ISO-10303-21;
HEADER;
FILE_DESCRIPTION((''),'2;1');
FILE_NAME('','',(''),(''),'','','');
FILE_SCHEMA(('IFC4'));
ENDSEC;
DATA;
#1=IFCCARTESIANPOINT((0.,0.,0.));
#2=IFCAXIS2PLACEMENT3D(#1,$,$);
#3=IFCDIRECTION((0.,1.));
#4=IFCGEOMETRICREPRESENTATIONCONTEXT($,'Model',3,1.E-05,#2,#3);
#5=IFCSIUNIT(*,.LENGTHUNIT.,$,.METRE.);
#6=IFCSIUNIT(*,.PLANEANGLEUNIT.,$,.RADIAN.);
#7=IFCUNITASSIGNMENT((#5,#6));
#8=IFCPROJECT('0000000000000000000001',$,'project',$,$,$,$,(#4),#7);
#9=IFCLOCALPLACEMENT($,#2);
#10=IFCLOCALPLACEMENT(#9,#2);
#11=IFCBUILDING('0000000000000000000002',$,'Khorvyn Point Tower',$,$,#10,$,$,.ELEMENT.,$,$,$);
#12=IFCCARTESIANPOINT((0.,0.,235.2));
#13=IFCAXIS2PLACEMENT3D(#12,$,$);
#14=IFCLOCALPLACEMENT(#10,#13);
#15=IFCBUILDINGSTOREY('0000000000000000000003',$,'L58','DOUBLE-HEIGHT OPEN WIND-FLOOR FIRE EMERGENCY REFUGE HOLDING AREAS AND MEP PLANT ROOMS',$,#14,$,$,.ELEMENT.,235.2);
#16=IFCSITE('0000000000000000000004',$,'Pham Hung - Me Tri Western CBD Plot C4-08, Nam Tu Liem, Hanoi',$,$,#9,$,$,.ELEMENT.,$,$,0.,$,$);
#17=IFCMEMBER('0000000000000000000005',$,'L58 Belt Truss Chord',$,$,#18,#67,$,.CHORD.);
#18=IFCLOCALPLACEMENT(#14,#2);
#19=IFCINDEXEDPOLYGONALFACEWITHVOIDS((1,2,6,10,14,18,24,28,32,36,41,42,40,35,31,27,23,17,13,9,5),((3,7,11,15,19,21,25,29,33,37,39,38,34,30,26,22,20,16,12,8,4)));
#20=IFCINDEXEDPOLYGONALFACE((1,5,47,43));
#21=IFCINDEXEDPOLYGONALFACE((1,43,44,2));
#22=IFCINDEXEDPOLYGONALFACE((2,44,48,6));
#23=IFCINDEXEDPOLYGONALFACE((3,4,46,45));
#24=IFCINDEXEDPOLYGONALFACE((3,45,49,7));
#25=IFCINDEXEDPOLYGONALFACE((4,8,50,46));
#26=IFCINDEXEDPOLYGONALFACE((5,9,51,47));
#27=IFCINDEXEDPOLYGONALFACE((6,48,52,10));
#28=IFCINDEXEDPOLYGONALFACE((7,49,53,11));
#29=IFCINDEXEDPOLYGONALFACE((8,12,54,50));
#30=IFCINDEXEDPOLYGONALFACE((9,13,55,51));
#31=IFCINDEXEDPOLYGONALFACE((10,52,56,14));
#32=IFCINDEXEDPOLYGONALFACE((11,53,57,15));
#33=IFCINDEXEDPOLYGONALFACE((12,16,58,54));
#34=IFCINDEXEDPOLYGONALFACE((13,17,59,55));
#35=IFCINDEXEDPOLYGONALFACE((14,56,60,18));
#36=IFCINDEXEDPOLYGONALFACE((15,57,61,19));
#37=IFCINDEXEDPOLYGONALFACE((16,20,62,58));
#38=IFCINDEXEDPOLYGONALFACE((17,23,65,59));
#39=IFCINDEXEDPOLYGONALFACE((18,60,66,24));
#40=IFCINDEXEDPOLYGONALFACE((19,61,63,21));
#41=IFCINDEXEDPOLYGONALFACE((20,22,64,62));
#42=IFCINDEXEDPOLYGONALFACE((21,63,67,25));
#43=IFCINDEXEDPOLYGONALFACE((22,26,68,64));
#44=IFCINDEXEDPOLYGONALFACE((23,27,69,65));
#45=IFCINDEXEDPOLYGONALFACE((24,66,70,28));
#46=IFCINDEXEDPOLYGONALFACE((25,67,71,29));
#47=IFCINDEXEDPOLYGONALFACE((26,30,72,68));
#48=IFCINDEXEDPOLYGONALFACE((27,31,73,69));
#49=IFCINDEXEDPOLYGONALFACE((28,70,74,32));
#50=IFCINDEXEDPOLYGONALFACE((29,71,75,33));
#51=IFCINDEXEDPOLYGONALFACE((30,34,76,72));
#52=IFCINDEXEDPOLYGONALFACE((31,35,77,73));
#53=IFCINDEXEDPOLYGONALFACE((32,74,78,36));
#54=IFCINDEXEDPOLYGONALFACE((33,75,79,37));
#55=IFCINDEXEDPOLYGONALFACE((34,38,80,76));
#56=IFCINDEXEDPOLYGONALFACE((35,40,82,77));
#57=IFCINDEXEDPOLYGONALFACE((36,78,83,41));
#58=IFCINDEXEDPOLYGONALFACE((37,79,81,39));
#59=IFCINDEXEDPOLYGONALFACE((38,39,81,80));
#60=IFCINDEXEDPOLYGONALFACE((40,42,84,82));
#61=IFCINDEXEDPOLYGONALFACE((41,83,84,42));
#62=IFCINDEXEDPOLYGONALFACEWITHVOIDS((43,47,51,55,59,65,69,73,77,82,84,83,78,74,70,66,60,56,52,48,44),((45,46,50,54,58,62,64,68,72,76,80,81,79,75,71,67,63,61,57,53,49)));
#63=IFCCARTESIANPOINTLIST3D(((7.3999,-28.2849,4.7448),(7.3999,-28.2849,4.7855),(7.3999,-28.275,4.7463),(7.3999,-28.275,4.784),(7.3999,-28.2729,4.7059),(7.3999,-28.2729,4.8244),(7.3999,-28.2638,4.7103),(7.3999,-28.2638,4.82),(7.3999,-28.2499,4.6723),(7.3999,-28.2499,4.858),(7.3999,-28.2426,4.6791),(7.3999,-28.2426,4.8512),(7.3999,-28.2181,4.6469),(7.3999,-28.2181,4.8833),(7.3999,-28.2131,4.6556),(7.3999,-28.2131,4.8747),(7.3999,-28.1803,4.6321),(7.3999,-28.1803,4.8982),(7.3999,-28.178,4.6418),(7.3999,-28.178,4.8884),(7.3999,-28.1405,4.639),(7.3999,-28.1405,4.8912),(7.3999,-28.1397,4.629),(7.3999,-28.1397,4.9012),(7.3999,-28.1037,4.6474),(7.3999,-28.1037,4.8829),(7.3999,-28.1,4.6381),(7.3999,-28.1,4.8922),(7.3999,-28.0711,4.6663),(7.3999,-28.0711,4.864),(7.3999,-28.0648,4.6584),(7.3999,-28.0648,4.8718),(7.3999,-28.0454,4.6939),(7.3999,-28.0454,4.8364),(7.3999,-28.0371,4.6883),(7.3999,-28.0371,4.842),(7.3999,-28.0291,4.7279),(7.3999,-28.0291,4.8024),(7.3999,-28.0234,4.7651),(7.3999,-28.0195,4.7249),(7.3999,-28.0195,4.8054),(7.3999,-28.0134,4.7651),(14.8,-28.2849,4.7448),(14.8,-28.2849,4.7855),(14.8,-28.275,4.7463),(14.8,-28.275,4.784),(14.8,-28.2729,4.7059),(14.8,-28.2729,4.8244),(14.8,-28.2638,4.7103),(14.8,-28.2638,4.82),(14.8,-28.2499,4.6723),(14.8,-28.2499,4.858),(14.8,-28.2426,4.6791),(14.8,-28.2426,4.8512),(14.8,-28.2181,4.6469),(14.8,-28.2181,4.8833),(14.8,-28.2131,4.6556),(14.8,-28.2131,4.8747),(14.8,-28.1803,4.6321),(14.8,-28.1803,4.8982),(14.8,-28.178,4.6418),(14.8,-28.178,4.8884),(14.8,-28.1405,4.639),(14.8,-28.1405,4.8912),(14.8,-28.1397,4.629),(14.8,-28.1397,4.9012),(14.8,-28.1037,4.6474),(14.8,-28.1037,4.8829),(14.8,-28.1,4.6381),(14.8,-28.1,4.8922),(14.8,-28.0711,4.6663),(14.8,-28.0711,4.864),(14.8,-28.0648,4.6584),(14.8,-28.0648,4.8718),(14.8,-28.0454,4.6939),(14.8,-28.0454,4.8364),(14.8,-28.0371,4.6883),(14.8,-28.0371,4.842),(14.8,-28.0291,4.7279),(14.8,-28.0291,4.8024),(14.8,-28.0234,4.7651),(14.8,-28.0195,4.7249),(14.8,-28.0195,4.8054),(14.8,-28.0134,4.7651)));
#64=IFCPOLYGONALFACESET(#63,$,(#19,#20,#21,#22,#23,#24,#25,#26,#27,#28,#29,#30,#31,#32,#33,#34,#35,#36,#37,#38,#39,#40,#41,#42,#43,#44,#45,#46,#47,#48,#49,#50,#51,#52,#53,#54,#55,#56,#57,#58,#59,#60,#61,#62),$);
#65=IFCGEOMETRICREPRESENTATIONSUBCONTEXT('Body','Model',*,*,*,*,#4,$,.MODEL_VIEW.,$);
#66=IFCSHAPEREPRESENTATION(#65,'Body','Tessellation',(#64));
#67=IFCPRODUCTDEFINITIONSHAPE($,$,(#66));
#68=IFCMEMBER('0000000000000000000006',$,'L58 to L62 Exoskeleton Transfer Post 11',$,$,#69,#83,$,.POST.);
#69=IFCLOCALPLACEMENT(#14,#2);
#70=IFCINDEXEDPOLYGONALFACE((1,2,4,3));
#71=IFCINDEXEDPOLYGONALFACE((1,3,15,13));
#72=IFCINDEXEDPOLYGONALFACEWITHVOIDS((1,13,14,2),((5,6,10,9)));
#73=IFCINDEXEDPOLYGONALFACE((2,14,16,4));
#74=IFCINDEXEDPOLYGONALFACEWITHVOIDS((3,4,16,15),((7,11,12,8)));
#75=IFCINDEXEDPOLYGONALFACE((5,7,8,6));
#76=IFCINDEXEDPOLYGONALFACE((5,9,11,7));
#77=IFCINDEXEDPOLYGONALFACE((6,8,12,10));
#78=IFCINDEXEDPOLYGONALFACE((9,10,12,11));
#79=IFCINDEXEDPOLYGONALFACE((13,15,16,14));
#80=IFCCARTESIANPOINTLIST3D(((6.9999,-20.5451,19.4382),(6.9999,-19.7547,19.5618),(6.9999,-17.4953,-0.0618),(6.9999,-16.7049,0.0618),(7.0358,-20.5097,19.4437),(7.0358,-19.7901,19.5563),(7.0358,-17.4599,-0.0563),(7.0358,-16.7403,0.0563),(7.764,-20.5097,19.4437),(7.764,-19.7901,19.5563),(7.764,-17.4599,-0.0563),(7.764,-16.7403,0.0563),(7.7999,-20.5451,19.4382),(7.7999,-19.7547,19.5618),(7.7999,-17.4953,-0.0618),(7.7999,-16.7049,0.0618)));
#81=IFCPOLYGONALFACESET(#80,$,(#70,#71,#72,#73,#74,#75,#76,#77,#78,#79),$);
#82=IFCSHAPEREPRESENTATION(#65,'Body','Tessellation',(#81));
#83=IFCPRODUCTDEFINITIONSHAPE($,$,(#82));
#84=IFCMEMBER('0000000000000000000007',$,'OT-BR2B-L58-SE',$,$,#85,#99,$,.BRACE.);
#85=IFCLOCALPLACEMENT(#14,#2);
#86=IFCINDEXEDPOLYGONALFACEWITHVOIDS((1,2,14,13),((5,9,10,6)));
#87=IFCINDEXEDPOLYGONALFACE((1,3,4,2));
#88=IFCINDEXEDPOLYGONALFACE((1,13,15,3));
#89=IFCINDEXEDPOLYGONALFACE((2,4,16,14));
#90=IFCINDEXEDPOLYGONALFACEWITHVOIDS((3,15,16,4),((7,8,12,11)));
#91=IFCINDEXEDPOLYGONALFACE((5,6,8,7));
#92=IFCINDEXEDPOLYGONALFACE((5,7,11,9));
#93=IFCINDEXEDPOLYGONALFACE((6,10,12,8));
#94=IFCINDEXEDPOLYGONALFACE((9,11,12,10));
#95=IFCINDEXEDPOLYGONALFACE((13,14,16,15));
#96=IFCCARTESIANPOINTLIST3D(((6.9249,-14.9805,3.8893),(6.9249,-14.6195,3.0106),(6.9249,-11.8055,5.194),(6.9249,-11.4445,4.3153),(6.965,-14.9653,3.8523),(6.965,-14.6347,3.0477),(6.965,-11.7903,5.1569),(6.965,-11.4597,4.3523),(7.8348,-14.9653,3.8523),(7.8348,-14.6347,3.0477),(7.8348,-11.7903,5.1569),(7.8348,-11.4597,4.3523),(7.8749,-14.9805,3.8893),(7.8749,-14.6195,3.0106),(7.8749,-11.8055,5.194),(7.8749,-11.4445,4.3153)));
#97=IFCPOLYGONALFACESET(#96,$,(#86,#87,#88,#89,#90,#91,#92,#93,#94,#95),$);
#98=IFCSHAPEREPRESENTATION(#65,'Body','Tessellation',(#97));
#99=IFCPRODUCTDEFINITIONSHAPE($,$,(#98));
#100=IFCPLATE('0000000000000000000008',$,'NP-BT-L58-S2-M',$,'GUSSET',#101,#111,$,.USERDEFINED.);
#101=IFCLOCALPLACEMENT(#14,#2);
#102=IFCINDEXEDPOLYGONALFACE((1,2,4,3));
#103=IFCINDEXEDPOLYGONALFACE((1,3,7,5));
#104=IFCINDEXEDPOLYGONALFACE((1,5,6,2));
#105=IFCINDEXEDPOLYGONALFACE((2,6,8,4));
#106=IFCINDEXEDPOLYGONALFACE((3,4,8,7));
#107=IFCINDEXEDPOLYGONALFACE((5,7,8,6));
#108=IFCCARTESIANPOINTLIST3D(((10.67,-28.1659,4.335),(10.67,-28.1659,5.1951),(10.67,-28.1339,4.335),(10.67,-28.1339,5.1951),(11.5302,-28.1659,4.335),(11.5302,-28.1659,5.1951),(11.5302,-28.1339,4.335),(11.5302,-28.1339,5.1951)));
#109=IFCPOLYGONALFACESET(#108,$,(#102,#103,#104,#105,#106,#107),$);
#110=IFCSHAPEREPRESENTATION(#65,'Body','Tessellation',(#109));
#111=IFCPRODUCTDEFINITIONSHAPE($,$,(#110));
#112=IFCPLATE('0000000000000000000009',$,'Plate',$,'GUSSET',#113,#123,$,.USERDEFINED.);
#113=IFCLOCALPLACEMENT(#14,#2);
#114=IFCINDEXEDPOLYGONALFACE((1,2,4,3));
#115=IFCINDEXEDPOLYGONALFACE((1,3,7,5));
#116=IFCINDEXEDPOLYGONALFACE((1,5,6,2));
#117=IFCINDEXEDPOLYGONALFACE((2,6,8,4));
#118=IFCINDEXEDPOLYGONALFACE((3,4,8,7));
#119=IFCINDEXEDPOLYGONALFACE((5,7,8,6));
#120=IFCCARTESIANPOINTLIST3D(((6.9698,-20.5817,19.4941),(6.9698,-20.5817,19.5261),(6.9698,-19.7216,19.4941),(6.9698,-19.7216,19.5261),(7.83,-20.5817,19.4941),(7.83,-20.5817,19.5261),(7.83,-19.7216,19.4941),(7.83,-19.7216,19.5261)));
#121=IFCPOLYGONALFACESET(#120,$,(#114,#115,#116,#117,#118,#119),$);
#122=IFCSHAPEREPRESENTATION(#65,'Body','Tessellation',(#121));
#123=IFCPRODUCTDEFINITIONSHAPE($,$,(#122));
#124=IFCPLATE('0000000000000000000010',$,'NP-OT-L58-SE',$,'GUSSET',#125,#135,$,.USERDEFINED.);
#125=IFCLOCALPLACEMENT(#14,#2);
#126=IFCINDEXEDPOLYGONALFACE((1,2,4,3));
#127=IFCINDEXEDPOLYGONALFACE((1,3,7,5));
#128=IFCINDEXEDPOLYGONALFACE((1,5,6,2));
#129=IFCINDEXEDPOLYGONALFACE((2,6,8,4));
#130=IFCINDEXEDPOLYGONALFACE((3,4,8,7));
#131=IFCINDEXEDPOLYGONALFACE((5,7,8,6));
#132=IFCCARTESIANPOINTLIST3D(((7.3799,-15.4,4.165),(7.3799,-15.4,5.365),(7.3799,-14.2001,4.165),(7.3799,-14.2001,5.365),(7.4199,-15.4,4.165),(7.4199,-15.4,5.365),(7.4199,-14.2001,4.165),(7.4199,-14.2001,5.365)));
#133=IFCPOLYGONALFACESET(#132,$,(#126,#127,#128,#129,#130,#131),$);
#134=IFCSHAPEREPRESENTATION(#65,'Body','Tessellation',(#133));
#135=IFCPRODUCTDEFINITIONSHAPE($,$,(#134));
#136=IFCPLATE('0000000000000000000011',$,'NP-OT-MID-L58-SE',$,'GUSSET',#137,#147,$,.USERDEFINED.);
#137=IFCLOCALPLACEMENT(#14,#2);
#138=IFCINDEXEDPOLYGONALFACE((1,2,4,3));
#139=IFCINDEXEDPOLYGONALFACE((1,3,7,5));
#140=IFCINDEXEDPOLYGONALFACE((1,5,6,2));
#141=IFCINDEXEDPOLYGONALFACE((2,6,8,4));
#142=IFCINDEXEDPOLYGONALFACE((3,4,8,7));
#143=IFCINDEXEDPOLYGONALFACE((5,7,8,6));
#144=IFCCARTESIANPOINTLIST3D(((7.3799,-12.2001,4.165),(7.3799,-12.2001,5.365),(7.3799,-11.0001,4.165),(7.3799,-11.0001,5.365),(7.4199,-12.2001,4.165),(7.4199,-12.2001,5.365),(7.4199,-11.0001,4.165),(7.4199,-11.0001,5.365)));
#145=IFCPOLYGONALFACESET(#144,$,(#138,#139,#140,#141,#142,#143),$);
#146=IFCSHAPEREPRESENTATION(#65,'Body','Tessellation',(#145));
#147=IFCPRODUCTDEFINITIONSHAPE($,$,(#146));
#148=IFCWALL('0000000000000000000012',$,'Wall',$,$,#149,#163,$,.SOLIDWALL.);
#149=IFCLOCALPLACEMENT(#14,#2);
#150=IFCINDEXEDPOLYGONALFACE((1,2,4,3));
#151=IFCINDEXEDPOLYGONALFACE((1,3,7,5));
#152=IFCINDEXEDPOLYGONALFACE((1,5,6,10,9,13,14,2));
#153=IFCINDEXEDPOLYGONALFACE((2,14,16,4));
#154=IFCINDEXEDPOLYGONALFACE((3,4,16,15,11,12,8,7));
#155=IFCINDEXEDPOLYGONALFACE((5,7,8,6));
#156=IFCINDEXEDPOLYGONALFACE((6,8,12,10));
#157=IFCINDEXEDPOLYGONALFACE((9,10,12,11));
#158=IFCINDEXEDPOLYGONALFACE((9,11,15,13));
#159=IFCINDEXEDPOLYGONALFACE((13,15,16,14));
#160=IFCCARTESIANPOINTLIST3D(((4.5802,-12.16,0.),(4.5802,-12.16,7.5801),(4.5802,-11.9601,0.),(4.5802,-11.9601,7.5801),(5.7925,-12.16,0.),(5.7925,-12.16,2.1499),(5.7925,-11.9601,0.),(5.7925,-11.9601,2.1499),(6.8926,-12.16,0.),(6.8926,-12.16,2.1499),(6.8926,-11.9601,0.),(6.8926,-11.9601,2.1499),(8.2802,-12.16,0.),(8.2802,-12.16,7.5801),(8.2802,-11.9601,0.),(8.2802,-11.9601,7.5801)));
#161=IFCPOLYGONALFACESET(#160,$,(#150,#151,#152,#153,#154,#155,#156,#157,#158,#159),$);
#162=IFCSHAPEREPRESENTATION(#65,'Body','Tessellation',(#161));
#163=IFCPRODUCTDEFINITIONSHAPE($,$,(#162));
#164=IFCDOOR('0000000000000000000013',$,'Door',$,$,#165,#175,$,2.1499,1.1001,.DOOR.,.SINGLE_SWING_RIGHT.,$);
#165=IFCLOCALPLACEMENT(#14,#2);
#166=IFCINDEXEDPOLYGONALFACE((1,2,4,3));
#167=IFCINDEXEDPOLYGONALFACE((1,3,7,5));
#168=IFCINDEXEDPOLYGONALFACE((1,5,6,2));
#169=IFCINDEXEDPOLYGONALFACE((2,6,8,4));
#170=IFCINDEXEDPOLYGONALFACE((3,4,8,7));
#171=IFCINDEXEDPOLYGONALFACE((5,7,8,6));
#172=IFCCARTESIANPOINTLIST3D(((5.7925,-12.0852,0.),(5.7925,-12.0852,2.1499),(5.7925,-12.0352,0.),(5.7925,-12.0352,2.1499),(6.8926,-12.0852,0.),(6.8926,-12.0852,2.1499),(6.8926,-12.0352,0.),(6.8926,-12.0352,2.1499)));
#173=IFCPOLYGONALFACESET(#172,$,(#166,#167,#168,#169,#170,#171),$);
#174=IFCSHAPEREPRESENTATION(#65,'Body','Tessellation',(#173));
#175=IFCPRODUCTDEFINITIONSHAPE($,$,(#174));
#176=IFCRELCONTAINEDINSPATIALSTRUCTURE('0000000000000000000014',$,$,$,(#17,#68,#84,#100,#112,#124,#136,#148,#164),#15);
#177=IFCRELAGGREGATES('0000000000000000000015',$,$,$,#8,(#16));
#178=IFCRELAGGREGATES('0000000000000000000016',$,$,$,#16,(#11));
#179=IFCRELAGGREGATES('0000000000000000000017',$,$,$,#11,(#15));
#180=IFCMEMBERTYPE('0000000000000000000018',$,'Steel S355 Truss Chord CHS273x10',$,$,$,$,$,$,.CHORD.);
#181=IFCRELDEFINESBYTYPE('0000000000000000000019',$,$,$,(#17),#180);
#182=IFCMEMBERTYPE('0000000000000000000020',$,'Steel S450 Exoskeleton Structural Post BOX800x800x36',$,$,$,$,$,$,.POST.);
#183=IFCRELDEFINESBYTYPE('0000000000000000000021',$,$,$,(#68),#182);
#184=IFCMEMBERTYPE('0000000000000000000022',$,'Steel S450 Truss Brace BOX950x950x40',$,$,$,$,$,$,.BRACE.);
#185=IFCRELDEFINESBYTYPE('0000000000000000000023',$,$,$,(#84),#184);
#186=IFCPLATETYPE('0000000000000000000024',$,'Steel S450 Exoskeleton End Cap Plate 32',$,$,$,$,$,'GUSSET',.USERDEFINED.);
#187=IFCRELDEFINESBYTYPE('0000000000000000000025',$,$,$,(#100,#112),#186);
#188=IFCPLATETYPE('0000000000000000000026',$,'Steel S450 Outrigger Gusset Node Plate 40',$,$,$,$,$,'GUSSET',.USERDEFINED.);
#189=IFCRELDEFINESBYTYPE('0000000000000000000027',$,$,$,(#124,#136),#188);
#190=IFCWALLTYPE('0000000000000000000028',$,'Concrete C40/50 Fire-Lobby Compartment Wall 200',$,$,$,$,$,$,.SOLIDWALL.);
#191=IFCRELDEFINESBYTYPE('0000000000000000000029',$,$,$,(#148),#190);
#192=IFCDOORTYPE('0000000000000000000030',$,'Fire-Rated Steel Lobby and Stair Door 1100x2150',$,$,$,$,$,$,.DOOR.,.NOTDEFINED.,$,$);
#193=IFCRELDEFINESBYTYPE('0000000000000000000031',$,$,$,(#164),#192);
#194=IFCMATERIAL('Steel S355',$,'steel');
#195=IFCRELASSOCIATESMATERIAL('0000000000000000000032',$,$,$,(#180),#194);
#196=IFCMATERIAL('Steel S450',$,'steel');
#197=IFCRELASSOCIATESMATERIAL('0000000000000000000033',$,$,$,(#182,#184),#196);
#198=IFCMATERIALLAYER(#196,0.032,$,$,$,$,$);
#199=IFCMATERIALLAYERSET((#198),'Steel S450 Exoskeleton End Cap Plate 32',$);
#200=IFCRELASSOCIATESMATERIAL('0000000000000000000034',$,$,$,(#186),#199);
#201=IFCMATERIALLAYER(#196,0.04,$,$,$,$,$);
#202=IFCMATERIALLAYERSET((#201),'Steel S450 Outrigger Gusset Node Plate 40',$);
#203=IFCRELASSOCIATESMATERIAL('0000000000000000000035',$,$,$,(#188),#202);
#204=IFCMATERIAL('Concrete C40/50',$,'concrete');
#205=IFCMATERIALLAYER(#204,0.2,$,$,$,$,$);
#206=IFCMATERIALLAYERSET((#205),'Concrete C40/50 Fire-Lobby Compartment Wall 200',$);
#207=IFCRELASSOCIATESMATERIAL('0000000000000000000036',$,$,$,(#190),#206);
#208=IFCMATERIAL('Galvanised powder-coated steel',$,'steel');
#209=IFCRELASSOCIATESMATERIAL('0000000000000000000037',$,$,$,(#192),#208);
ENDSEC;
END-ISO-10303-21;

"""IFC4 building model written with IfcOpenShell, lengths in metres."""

from ifc_helpers import new_model, si_unit, direction, frame, frame_2d, origin, origin_2d, place, context, subcontext, project, spatial, rectangle, hollow_rectangle, hollow_circle, extrude, material, layer, layer_set, material_profile, profile_set, type_object, element, fill, save


model = new_model("IFC4")

# Units and contexts
model_context = context("Model", 3, precision=1e-05, world=origin(), true_north=direction((0.0, 1.0)))
body_context = subcontext(model_context, "Body", "Model", "MODEL_VIEW")
ifc_project = project(units=[si_unit("LENGTHUNIT", "METRE"), si_unit("PLANEANGLEUNIT", "RADIAN")], contexts=[model_context])

# Site, building, storey
site_placement = place(None, origin())
site = spatial("IfcSite", under=ifc_project, at=site_placement, Name="Pham Hung - Me Tri Western CBD Plot C4-08, Nam Tu Liem, Hanoi", CompositionType="ELEMENT", RefElevation=0.0)
building_placement = place(site_placement, origin())
building = spatial("IfcBuilding", under=site, at=building_placement, Name="Khorvyn Point Tower", CompositionType="ELEMENT")
storey_placement = place(building_placement, frame((0.0, 0.0, 235.2)))
storey = spatial("IfcBuildingStorey", under=building, at=storey_placement, Name="L58", Description="DOUBLE-HEIGHT OPEN WIND-FLOOR FIRE EMERGENCY REFUGE HOLDING AREAS AND MEP PLANT ROOMS", CompositionType="ELEMENT", Elevation=235.2)

# Shared definitions
ifc_material_1 = material(Name="Steel S450", Category="steel")

# Shared definitions
ifc_material_2 = material(Name="Steel S355", Category="steel")

# Members
ifc_material_profile_1 = material_profile(ifc_material_2, hollow_circle(Radius=0.1365, WallThickness=0.01, at=origin_2d()))
ifc_profile_set_1 = profile_set([ifc_material_profile_1], Name="Steel S355 CHS273x10")
member_type_1 = type_object("IfcMemberType", Name="Steel S355 Truss Chord CHS273x10", PredefinedType="CHORD", material=ifc_profile_set_1)
member_1_placement = place(storey_placement, frame((7.3999, -28.1499, 4.7651), z_axis=(1.0, 0.0, 0.0), x_axis=(0.0, 1.0, 0.0)))
element("IfcMember", 1, at=member_1_placement, inside=storey, type_object=member_type_1, Name="L58 Belt Truss Chord", PredefinedType="CHORD", context=body_context, shape_type="SweptSolid", body=[
    extrude(hollow_circle(Radius=0.1365, WallThickness=0.01, at=origin_2d()), origin(), (0.0, 0.0, 1.0), 7.4001),
])
ifc_material_profile_2 = material_profile(ifc_material_1, hollow_rectangle(XDim=0.8, YDim=0.8, WallThickness=0.0359, at=origin_2d()))
ifc_profile_set_2 = profile_set([ifc_material_profile_2], Name="Steel S450 BOX800x800x36")
member_type_2 = type_object("IfcMemberType", Name="Steel S450 Exoskeleton Structural Post BOX800x800x36", PredefinedType="POST", material=ifc_profile_set_2)
member_2_placement = place(storey_placement, frame((7.3999, -17.1001, 0.0), z_axis=(0.0, -0.154522, 0.987989), x_axis=(1.0, 0.0, 0.0)))
element("IfcMember", 2, at=member_2_placement, inside=storey, type_object=member_type_2, Name="L58 to L62 Exoskeleton Transfer Post 11", PredefinedType="POST", context=body_context, shape_type="SweptSolid", body=[
    extrude(hollow_rectangle(XDim=0.8, YDim=0.8, WallThickness=0.0359, at=origin_2d()), origin(), (0.0, 0.0, 1.0), 19.7371),
])
ifc_material_profile_3 = material_profile(ifc_material_1, hollow_rectangle(XDim=0.95, YDim=0.95, WallThickness=0.04, at=origin_2d()))
ifc_profile_set_3 = profile_set([ifc_material_profile_3], Name="Steel S450 BOX950x950x40")
member_type_3 = type_object("IfcMemberType", Name="Steel S450 Truss Brace BOX950x950x40", PredefinedType="BRACE", material=ifc_profile_set_3)
member_3_placement = place(storey_placement, frame((7.3999, -11.625, 4.7546), z_axis=(0.0, -0.924953, -0.380081), x_axis=(1.0, 0.0, 0.0)))
element("IfcMember", 3, at=member_3_placement, inside=storey, type_object=member_type_3, Name="OT-BR2B-L58-SE", PredefinedType="BRACE", context=body_context, shape_type="SweptSolid", body=[
    extrude(hollow_rectangle(XDim=0.95, YDim=0.95, WallThickness=0.04, at=origin_2d()), origin(), (0.0, 0.0, 1.0), 3.4326),
])

# Plates
ifc_layer_1 = layer(ifc_material_1, 0.032)
ifc_layer_set_1 = layer_set([ifc_layer_1], Name="Steel S450 Exoskeleton End Cap Plate 32")
plate_type_1 = type_object("IfcPlateType", Name="Steel S450 Exoskeleton End Cap Plate 32", ElementType="GUSSET", PredefinedType="USERDEFINED", material=ifc_layer_set_1)
plate_1_placement = place(storey_placement, frame((11.1001, -28.1499, 4.335), z_axis=(0.0, 0.0, 1.0), x_axis=(1.0, 0.0, 0.0)))
element("IfcPlate", 4, at=plate_1_placement, inside=storey, type_object=plate_type_1, Name="NP-BT-L58-S2-M", ObjectType="GUSSET", PredefinedType="USERDEFINED", context=body_context, shape_type="SweptSolid", body=[
    extrude(rectangle(XDim=0.8601, YDim=0.032, at=origin_2d()), origin(), (0.0, 0.0, 1.0), 0.8601),
])
plate_2_placement = place(storey_placement, frame((7.3999, -20.1516, 19.4941), z_axis=(0.0, 0.0, 1.0), x_axis=(1.0, 0.0, 0.0)))
element("IfcPlate", 5, at=plate_2_placement, inside=storey, type_object=plate_type_1, Name="Plate", ObjectType="GUSSET", PredefinedType="USERDEFINED", context=body_context, shape_type="SweptSolid", body=[
    extrude(rectangle(XDim=0.8601, YDim=0.8601, at=origin_2d()), origin(), (0.0, 0.0, 1.0), 0.032),
])
ifc_layer_2 = layer(ifc_material_1, 0.04)
ifc_layer_set_2 = layer_set([ifc_layer_2], Name="Steel S450 Outrigger Gusset Node Plate 40")
plate_type_2 = type_object("IfcPlateType", Name="Steel S450 Outrigger Gusset Node Plate 40", ElementType="GUSSET", PredefinedType="USERDEFINED", material=ifc_layer_set_2)
for number, where, z_axis, x_axis, name in (
    (6, (7.3999, -14.8, 4.165), (0.0, 0.0, 1.0), (1.0, 0.0, 0.0), "NP-OT-L58-SE"),
    (7, (7.3999, -11.6001, 4.165), (0.0, 0.0, 1.0), (1.0, 0.0, 0.0), "NP-OT-MID-L58-SE"),
):
    element("IfcPlate", number, at=place(storey_placement, frame(where, z_axis=z_axis, x_axis=x_axis)), inside=storey, type_object=plate_type_2, Name=name, ObjectType="GUSSET", PredefinedType="USERDEFINED", context=body_context, shape_type="SweptSolid", body=[
        extrude(rectangle(XDim=0.04, YDim=1.2, at=origin_2d()), origin(), (0.0, 0.0, 1.0), 1.2),
    ])

# Wall, opening, door
ifc_material_3 = material(Name="Concrete C40/50", Category="concrete")
ifc_layer_3 = layer(ifc_material_3, 0.2)
ifc_layer_set_3 = layer_set([ifc_layer_3], Name="Concrete C40/50 Fire-Lobby Compartment Wall 200")
wall_type = type_object("IfcWallType", Name="Concrete C40/50 Fire-Lobby Compartment Wall 200", PredefinedType="SOLIDWALL", material=ifc_layer_set_3)
wall_1_placement = place(storey_placement, frame((4.5801, -12.0601, 0.0), z_axis=(0.0, 0.0, 1.0), x_axis=(1.0, 0.0, 0.0)))
wall_1 = element("IfcWall", 8, at=wall_1_placement, inside=storey, type_object=wall_type, Name="Wall", PredefinedType="SOLIDWALL", context=body_context, shape_type="SweptSolid", body=[
    extrude(rectangle(XDim=3.7, YDim=0.2, at=frame_2d((1.8501, 0.0))), origin(), (0.0, 0.0, 1.0), 7.5801),
])
opening_placement = place(wall_1_placement, frame((1.2124, 0.0, 0.0)))
opening = element("IfcOpeningElement", 9, at=opening_placement, cuts=wall_1, PredefinedType="OPENING", context=body_context, shape_type="SweptSolid", body=[
    extrude(rectangle(XDim=1.1001, YDim=2.1499, at=frame_2d((0.55, 1.075))), frame((0.0, 0.1099, 0.0), z_axis=(0.0, -1.0, 0.0), x_axis=(1.0, 0.0, 0.0)), (0.0, 0.0, 1.0), 0.22),
])
ifc_material_4 = material(Name="Galvanised powder-coated steel", Category="steel")
door_type = type_object("IfcDoorType", Name="Fire-Rated Steel Lobby and Stair Door 1100x2150", OperationType="NOTDEFINED", PredefinedType="DOOR", material=ifc_material_4)
door_placement = place(opening_placement, origin())
door = element("IfcDoor", 10, at=door_placement, inside=storey, type_object=door_type, Name="Door", OperationType="SINGLE_SWING_RIGHT", OverallHeight=2.1499, OverallWidth=1.1001, PredefinedType="DOOR", context=body_context, shape_type="SweptSolid", body=[
    extrude(rectangle(XDim=1.1001, YDim=2.1499, at=frame_2d((0.55, 1.075))), frame((0.0, 0.0249, 0.0), z_axis=(0.0, -1.0, 0.0), x_axis=(1.0, 0.0, 0.0)), (0.0, 0.0, 1.0), 0.05),
])
fill(opening, door)

save(model, "model.ifc")
